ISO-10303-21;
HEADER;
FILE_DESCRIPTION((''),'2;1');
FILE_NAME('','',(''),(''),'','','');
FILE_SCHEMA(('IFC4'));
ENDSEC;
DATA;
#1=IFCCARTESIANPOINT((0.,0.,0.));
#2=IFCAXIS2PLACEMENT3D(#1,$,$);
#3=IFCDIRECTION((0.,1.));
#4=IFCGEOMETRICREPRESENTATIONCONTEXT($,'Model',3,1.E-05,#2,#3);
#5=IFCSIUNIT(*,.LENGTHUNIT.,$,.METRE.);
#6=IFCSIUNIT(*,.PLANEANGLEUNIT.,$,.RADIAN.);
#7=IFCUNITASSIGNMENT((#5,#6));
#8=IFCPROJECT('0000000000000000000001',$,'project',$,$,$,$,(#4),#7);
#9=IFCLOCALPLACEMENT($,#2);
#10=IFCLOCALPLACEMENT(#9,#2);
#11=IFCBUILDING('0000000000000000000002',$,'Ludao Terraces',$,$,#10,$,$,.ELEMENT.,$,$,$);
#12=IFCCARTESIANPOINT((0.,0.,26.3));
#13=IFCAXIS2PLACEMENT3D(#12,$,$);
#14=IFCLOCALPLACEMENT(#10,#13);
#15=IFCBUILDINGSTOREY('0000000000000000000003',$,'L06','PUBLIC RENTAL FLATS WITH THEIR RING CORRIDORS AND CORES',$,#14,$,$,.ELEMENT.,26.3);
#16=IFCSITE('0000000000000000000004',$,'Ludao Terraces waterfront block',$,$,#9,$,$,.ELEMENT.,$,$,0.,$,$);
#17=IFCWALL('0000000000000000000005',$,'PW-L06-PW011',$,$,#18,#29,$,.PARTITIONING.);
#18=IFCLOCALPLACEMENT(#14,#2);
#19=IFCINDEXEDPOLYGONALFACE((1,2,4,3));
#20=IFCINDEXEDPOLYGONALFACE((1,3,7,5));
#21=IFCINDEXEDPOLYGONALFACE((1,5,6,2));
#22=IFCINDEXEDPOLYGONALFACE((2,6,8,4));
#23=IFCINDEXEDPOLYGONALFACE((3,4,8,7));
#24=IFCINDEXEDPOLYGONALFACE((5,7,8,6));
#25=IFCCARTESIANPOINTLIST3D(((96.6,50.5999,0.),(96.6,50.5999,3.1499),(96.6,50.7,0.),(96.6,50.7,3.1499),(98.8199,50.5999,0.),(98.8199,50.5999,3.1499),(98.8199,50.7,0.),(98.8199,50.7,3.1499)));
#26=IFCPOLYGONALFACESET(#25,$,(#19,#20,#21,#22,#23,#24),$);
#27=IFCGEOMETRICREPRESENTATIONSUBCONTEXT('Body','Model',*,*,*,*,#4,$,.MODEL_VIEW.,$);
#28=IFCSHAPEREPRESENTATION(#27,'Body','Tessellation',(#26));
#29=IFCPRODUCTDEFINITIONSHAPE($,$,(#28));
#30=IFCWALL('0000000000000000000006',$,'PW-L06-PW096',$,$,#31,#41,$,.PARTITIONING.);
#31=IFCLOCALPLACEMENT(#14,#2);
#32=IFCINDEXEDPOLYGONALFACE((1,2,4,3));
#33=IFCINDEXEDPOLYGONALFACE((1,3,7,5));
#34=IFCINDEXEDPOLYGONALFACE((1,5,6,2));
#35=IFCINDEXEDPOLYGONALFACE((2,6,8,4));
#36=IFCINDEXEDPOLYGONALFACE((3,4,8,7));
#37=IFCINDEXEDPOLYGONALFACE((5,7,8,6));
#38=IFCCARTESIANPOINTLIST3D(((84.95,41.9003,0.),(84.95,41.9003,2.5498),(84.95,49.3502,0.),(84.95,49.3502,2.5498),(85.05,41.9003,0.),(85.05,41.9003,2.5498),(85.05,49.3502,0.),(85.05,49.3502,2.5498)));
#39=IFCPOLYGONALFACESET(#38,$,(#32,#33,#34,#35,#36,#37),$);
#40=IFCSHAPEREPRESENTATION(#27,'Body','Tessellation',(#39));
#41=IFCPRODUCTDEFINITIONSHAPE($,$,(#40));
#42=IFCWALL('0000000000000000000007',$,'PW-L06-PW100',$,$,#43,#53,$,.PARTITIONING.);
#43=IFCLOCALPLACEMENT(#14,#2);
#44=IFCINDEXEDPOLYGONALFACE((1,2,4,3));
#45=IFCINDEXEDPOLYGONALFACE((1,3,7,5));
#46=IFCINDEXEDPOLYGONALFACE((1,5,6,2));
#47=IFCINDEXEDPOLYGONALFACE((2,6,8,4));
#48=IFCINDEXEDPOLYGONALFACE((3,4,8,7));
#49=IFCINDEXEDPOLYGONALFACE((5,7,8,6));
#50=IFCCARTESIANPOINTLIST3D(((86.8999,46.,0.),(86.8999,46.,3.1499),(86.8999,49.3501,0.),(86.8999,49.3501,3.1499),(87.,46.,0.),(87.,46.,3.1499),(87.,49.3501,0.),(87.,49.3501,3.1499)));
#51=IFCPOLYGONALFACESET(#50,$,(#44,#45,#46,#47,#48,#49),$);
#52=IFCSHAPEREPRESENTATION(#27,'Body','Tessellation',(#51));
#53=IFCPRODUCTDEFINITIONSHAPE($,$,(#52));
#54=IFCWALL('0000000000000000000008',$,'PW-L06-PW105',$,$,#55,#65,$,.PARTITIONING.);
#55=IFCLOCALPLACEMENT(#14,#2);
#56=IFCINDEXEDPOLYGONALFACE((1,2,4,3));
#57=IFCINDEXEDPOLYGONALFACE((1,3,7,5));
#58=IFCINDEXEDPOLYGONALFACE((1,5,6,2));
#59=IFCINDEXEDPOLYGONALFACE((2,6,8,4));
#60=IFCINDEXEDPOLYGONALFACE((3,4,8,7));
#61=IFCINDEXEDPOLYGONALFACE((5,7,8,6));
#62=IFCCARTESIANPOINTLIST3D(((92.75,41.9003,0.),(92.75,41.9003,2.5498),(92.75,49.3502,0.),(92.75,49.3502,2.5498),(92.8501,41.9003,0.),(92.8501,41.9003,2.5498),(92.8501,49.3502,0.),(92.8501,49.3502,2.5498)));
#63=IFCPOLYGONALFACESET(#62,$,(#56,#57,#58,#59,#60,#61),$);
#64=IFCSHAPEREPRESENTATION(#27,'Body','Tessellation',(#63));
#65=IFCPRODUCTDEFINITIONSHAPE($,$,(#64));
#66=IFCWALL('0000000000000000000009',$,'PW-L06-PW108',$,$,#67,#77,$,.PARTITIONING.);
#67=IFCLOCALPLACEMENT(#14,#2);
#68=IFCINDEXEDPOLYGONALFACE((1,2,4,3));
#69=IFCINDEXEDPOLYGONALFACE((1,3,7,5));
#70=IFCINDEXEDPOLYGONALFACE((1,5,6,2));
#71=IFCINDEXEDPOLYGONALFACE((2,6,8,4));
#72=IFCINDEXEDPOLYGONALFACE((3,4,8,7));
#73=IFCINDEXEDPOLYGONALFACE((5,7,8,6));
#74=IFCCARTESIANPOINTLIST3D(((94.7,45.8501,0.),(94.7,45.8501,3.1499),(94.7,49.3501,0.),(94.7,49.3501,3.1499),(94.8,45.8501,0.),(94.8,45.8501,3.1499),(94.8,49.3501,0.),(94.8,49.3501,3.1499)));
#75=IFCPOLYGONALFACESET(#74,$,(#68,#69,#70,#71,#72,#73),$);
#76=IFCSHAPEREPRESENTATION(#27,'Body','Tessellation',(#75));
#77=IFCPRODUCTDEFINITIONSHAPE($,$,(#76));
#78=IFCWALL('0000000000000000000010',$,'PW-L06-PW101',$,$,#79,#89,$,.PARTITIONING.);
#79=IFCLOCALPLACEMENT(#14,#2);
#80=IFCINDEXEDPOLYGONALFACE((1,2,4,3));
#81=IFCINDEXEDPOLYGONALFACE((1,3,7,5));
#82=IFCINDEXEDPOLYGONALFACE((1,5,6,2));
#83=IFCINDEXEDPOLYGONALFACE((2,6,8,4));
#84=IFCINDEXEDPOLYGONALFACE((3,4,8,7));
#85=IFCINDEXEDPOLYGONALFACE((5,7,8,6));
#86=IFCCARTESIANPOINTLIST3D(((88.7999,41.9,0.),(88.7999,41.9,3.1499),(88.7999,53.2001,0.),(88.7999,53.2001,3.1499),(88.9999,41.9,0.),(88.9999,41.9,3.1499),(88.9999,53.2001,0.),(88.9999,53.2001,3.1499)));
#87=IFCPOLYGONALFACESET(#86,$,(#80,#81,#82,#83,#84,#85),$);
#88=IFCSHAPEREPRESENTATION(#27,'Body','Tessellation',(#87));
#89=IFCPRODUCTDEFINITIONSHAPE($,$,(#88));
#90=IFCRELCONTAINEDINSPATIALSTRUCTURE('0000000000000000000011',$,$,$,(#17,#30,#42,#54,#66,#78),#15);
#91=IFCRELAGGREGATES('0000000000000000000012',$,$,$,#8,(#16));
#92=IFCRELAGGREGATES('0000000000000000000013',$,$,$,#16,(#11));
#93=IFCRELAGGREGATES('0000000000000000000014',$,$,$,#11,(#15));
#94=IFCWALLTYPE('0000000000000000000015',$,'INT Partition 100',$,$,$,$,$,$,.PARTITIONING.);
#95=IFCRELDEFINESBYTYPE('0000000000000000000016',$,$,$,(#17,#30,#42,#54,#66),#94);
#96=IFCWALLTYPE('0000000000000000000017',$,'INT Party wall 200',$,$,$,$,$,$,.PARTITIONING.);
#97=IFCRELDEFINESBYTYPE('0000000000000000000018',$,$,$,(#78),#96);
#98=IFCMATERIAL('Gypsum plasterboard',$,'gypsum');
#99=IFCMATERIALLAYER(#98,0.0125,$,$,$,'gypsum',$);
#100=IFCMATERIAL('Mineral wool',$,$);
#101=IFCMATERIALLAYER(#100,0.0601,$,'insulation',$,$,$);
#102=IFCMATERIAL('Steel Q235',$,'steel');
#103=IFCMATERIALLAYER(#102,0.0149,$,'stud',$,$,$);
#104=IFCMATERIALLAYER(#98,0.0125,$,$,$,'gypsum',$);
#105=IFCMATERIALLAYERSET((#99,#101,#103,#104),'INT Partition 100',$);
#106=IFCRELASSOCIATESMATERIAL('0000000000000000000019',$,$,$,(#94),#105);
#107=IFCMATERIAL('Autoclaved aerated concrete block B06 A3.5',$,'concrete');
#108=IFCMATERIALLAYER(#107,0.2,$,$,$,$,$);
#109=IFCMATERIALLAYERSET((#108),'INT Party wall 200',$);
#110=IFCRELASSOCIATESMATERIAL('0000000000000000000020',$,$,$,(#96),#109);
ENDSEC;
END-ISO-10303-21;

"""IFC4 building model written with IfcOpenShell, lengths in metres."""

from ifc_helpers import new_model, si_unit, direction, frame, frame_2d, origin, place, context, subcontext, project, spatial, rectangle, extrude, material, layer, layer_set, type_object, element, save


model = new_model("IFC4")

# Units and contexts
model_context = context("Model", 3, precision=1e-05, world=origin(), true_north=direction((0.0, 1.0)))
body_context = subcontext(model_context, "Body", "Model", "MODEL_VIEW")
ifc_project = project(units=[si_unit("LENGTHUNIT", "METRE"), si_unit("PLANEANGLEUNIT", "RADIAN")], contexts=[model_context])

# Site, building, storey
site_placement = place(None, origin())
site = spatial("IfcSite", under=ifc_project, at=site_placement, Name="Ludao Terraces waterfront block", CompositionType="ELEMENT", RefElevation=0.0)
building_placement = place(site_placement, origin())
building = spatial("IfcBuilding", under=site, at=building_placement, Name="Ludao Terraces", CompositionType="ELEMENT")
storey_placement = place(building_placement, frame((0.0, 0.0, 26.3)))
storey = spatial("IfcBuildingStorey", under=building, at=storey_placement, Name="L06", Description="PUBLIC RENTAL FLATS WITH THEIR RING CORRIDORS AND CORES", CompositionType="ELEMENT", Elevation=26.3)

# Shared definitions
ifc_material_1 = material(Name="Gypsum plasterboard", Category="gypsum")
ifc_layer_1 = layer(ifc_material_1, 0.0125, Category="gypsum")
ifc_material_2 = material(Name="Mineral wool")
ifc_layer_2 = layer(ifc_material_2, 0.0601, Name="insulation")
ifc_material_3 = material(Name="Steel Q235", Category="steel")
ifc_layer_3 = layer(ifc_material_3, 0.0149, Name="stud")
ifc_layer_4 = layer(ifc_material_1, 0.0125, Category="gypsum")
ifc_layer_set_1 = layer_set([ifc_layer_1, ifc_layer_2, ifc_layer_3, ifc_layer_4], Name="INT Partition 100")
wall_type_1 = type_object("IfcWallType", Name="INT Partition 100", PredefinedType="PARTITIONING", material=ifc_layer_set_1)

# Walls
for number, where, z_axis, x_axis, name in (
    (1, (96.6001, 50.6499, 0.0), (0.0, 0.0, 1.0), (1.0, 0.0, 0.0), "PW-L06-PW011"),
):
    element("IfcWall", number, at=place(storey_placement, frame(where, z_axis=z_axis, x_axis=x_axis)), inside=storey, type_object=wall_type_1, Name=name, PredefinedType="PARTITIONING", context=body_context, shape_type="SweptSolid", body=[
        extrude(rectangle(XDim=2.22, YDim=0.1001, at=frame_2d((1.1099, 0.0))), origin(), (0.0, 0.0, 1.0), 3.1499),
    ])
wall_1_placement = place(storey_placement, frame((85.0, 41.9001, 0.0), z_axis=(0.0, 0.0, 1.0), x_axis=(0.0, 1.0, 0.0)))
element("IfcWall", 2, at=wall_1_placement, inside=storey, type_object=wall_type_1, Name="PW-L06-PW096", PredefinedType="PARTITIONING", context=body_context, shape_type="SweptSolid", body=[
    extrude(rectangle(XDim=7.45, YDim=0.1001, at=frame_2d((3.7251, 0.0))), origin(), (0.0, 0.0, 1.0), 2.5498),
])
wall_2_placement = place(storey_placement, frame((86.95, 46.0, 0.0), z_axis=(0.0, 0.0, 1.0), x_axis=(0.0, 1.0, 0.0)))
element("IfcWall", 3, at=wall_2_placement, inside=storey, type_object=wall_type_1, Name="PW-L06-PW100", PredefinedType="PARTITIONING", context=body_context, shape_type="SweptSolid", body=[
    extrude(rectangle(XDim=3.3501, YDim=0.1001, at=frame_2d((1.675, 0.0))), origin(), (0.0, 0.0, 1.0), 3.1499),
])
wall_3_placement = place(storey_placement, frame((92.8, 41.9001, 0.0), z_axis=(0.0, 0.0, 1.0), x_axis=(0.0, 1.0, 0.0)))
element("IfcWall", 4, at=wall_3_placement, inside=storey, type_object=wall_type_1, Name="PW-L06-PW105", PredefinedType="PARTITIONING", context=body_context, shape_type="SweptSolid", body=[
    extrude(rectangle(XDim=7.45, YDim=0.1001, at=frame_2d((3.7251, 0.0))), origin(), (0.0, 0.0, 1.0), 2.5498),
])
wall_4_placement = place(storey_placement, frame((94.75, 45.8501, 0.0), z_axis=(0.0, 0.0, 1.0), x_axis=(0.0, 1.0, 0.0)))
element("IfcWall", 5, at=wall_4_placement, inside=storey, type_object=wall_type_1, Name="PW-L06-PW108", PredefinedType="PARTITIONING", context=body_context, shape_type="SweptSolid", body=[
    extrude(rectangle(XDim=3.5, YDim=0.1001, at=frame_2d((1.75, 0.0))), origin(), (0.0, 0.0, 1.0), 3.1499),
])
ifc_material_4 = material(Name="Autoclaved aerated concrete block B06 A3.5", Category="concrete")
ifc_layer_5 = layer(ifc_material_4, 0.2)
ifc_layer_set_2 = layer_set([ifc_layer_5], Name="INT Party wall 200")
wall_type_2 = type_object("IfcWallType", Name="INT Party wall 200", PredefinedType="PARTITIONING", material=ifc_layer_set_2)
wall_5_placement = place(storey_placement, frame((88.8999, 41.9001, 0.0), z_axis=(0.0, 0.0, 1.0), x_axis=(0.0, 1.0, 0.0)))
element("IfcWall", 6, at=wall_5_placement, inside=storey, type_object=wall_type_2, Name="PW-L06-PW101", PredefinedType="PARTITIONING", context=body_context, shape_type="SweptSolid", body=[
    extrude(rectangle(XDim=11.3, YDim=0.2, at=frame_2d((5.6499, 0.0))), origin(), (0.0, 0.0, 1.0), 3.1499),
])

save(model, "model.ifc")
